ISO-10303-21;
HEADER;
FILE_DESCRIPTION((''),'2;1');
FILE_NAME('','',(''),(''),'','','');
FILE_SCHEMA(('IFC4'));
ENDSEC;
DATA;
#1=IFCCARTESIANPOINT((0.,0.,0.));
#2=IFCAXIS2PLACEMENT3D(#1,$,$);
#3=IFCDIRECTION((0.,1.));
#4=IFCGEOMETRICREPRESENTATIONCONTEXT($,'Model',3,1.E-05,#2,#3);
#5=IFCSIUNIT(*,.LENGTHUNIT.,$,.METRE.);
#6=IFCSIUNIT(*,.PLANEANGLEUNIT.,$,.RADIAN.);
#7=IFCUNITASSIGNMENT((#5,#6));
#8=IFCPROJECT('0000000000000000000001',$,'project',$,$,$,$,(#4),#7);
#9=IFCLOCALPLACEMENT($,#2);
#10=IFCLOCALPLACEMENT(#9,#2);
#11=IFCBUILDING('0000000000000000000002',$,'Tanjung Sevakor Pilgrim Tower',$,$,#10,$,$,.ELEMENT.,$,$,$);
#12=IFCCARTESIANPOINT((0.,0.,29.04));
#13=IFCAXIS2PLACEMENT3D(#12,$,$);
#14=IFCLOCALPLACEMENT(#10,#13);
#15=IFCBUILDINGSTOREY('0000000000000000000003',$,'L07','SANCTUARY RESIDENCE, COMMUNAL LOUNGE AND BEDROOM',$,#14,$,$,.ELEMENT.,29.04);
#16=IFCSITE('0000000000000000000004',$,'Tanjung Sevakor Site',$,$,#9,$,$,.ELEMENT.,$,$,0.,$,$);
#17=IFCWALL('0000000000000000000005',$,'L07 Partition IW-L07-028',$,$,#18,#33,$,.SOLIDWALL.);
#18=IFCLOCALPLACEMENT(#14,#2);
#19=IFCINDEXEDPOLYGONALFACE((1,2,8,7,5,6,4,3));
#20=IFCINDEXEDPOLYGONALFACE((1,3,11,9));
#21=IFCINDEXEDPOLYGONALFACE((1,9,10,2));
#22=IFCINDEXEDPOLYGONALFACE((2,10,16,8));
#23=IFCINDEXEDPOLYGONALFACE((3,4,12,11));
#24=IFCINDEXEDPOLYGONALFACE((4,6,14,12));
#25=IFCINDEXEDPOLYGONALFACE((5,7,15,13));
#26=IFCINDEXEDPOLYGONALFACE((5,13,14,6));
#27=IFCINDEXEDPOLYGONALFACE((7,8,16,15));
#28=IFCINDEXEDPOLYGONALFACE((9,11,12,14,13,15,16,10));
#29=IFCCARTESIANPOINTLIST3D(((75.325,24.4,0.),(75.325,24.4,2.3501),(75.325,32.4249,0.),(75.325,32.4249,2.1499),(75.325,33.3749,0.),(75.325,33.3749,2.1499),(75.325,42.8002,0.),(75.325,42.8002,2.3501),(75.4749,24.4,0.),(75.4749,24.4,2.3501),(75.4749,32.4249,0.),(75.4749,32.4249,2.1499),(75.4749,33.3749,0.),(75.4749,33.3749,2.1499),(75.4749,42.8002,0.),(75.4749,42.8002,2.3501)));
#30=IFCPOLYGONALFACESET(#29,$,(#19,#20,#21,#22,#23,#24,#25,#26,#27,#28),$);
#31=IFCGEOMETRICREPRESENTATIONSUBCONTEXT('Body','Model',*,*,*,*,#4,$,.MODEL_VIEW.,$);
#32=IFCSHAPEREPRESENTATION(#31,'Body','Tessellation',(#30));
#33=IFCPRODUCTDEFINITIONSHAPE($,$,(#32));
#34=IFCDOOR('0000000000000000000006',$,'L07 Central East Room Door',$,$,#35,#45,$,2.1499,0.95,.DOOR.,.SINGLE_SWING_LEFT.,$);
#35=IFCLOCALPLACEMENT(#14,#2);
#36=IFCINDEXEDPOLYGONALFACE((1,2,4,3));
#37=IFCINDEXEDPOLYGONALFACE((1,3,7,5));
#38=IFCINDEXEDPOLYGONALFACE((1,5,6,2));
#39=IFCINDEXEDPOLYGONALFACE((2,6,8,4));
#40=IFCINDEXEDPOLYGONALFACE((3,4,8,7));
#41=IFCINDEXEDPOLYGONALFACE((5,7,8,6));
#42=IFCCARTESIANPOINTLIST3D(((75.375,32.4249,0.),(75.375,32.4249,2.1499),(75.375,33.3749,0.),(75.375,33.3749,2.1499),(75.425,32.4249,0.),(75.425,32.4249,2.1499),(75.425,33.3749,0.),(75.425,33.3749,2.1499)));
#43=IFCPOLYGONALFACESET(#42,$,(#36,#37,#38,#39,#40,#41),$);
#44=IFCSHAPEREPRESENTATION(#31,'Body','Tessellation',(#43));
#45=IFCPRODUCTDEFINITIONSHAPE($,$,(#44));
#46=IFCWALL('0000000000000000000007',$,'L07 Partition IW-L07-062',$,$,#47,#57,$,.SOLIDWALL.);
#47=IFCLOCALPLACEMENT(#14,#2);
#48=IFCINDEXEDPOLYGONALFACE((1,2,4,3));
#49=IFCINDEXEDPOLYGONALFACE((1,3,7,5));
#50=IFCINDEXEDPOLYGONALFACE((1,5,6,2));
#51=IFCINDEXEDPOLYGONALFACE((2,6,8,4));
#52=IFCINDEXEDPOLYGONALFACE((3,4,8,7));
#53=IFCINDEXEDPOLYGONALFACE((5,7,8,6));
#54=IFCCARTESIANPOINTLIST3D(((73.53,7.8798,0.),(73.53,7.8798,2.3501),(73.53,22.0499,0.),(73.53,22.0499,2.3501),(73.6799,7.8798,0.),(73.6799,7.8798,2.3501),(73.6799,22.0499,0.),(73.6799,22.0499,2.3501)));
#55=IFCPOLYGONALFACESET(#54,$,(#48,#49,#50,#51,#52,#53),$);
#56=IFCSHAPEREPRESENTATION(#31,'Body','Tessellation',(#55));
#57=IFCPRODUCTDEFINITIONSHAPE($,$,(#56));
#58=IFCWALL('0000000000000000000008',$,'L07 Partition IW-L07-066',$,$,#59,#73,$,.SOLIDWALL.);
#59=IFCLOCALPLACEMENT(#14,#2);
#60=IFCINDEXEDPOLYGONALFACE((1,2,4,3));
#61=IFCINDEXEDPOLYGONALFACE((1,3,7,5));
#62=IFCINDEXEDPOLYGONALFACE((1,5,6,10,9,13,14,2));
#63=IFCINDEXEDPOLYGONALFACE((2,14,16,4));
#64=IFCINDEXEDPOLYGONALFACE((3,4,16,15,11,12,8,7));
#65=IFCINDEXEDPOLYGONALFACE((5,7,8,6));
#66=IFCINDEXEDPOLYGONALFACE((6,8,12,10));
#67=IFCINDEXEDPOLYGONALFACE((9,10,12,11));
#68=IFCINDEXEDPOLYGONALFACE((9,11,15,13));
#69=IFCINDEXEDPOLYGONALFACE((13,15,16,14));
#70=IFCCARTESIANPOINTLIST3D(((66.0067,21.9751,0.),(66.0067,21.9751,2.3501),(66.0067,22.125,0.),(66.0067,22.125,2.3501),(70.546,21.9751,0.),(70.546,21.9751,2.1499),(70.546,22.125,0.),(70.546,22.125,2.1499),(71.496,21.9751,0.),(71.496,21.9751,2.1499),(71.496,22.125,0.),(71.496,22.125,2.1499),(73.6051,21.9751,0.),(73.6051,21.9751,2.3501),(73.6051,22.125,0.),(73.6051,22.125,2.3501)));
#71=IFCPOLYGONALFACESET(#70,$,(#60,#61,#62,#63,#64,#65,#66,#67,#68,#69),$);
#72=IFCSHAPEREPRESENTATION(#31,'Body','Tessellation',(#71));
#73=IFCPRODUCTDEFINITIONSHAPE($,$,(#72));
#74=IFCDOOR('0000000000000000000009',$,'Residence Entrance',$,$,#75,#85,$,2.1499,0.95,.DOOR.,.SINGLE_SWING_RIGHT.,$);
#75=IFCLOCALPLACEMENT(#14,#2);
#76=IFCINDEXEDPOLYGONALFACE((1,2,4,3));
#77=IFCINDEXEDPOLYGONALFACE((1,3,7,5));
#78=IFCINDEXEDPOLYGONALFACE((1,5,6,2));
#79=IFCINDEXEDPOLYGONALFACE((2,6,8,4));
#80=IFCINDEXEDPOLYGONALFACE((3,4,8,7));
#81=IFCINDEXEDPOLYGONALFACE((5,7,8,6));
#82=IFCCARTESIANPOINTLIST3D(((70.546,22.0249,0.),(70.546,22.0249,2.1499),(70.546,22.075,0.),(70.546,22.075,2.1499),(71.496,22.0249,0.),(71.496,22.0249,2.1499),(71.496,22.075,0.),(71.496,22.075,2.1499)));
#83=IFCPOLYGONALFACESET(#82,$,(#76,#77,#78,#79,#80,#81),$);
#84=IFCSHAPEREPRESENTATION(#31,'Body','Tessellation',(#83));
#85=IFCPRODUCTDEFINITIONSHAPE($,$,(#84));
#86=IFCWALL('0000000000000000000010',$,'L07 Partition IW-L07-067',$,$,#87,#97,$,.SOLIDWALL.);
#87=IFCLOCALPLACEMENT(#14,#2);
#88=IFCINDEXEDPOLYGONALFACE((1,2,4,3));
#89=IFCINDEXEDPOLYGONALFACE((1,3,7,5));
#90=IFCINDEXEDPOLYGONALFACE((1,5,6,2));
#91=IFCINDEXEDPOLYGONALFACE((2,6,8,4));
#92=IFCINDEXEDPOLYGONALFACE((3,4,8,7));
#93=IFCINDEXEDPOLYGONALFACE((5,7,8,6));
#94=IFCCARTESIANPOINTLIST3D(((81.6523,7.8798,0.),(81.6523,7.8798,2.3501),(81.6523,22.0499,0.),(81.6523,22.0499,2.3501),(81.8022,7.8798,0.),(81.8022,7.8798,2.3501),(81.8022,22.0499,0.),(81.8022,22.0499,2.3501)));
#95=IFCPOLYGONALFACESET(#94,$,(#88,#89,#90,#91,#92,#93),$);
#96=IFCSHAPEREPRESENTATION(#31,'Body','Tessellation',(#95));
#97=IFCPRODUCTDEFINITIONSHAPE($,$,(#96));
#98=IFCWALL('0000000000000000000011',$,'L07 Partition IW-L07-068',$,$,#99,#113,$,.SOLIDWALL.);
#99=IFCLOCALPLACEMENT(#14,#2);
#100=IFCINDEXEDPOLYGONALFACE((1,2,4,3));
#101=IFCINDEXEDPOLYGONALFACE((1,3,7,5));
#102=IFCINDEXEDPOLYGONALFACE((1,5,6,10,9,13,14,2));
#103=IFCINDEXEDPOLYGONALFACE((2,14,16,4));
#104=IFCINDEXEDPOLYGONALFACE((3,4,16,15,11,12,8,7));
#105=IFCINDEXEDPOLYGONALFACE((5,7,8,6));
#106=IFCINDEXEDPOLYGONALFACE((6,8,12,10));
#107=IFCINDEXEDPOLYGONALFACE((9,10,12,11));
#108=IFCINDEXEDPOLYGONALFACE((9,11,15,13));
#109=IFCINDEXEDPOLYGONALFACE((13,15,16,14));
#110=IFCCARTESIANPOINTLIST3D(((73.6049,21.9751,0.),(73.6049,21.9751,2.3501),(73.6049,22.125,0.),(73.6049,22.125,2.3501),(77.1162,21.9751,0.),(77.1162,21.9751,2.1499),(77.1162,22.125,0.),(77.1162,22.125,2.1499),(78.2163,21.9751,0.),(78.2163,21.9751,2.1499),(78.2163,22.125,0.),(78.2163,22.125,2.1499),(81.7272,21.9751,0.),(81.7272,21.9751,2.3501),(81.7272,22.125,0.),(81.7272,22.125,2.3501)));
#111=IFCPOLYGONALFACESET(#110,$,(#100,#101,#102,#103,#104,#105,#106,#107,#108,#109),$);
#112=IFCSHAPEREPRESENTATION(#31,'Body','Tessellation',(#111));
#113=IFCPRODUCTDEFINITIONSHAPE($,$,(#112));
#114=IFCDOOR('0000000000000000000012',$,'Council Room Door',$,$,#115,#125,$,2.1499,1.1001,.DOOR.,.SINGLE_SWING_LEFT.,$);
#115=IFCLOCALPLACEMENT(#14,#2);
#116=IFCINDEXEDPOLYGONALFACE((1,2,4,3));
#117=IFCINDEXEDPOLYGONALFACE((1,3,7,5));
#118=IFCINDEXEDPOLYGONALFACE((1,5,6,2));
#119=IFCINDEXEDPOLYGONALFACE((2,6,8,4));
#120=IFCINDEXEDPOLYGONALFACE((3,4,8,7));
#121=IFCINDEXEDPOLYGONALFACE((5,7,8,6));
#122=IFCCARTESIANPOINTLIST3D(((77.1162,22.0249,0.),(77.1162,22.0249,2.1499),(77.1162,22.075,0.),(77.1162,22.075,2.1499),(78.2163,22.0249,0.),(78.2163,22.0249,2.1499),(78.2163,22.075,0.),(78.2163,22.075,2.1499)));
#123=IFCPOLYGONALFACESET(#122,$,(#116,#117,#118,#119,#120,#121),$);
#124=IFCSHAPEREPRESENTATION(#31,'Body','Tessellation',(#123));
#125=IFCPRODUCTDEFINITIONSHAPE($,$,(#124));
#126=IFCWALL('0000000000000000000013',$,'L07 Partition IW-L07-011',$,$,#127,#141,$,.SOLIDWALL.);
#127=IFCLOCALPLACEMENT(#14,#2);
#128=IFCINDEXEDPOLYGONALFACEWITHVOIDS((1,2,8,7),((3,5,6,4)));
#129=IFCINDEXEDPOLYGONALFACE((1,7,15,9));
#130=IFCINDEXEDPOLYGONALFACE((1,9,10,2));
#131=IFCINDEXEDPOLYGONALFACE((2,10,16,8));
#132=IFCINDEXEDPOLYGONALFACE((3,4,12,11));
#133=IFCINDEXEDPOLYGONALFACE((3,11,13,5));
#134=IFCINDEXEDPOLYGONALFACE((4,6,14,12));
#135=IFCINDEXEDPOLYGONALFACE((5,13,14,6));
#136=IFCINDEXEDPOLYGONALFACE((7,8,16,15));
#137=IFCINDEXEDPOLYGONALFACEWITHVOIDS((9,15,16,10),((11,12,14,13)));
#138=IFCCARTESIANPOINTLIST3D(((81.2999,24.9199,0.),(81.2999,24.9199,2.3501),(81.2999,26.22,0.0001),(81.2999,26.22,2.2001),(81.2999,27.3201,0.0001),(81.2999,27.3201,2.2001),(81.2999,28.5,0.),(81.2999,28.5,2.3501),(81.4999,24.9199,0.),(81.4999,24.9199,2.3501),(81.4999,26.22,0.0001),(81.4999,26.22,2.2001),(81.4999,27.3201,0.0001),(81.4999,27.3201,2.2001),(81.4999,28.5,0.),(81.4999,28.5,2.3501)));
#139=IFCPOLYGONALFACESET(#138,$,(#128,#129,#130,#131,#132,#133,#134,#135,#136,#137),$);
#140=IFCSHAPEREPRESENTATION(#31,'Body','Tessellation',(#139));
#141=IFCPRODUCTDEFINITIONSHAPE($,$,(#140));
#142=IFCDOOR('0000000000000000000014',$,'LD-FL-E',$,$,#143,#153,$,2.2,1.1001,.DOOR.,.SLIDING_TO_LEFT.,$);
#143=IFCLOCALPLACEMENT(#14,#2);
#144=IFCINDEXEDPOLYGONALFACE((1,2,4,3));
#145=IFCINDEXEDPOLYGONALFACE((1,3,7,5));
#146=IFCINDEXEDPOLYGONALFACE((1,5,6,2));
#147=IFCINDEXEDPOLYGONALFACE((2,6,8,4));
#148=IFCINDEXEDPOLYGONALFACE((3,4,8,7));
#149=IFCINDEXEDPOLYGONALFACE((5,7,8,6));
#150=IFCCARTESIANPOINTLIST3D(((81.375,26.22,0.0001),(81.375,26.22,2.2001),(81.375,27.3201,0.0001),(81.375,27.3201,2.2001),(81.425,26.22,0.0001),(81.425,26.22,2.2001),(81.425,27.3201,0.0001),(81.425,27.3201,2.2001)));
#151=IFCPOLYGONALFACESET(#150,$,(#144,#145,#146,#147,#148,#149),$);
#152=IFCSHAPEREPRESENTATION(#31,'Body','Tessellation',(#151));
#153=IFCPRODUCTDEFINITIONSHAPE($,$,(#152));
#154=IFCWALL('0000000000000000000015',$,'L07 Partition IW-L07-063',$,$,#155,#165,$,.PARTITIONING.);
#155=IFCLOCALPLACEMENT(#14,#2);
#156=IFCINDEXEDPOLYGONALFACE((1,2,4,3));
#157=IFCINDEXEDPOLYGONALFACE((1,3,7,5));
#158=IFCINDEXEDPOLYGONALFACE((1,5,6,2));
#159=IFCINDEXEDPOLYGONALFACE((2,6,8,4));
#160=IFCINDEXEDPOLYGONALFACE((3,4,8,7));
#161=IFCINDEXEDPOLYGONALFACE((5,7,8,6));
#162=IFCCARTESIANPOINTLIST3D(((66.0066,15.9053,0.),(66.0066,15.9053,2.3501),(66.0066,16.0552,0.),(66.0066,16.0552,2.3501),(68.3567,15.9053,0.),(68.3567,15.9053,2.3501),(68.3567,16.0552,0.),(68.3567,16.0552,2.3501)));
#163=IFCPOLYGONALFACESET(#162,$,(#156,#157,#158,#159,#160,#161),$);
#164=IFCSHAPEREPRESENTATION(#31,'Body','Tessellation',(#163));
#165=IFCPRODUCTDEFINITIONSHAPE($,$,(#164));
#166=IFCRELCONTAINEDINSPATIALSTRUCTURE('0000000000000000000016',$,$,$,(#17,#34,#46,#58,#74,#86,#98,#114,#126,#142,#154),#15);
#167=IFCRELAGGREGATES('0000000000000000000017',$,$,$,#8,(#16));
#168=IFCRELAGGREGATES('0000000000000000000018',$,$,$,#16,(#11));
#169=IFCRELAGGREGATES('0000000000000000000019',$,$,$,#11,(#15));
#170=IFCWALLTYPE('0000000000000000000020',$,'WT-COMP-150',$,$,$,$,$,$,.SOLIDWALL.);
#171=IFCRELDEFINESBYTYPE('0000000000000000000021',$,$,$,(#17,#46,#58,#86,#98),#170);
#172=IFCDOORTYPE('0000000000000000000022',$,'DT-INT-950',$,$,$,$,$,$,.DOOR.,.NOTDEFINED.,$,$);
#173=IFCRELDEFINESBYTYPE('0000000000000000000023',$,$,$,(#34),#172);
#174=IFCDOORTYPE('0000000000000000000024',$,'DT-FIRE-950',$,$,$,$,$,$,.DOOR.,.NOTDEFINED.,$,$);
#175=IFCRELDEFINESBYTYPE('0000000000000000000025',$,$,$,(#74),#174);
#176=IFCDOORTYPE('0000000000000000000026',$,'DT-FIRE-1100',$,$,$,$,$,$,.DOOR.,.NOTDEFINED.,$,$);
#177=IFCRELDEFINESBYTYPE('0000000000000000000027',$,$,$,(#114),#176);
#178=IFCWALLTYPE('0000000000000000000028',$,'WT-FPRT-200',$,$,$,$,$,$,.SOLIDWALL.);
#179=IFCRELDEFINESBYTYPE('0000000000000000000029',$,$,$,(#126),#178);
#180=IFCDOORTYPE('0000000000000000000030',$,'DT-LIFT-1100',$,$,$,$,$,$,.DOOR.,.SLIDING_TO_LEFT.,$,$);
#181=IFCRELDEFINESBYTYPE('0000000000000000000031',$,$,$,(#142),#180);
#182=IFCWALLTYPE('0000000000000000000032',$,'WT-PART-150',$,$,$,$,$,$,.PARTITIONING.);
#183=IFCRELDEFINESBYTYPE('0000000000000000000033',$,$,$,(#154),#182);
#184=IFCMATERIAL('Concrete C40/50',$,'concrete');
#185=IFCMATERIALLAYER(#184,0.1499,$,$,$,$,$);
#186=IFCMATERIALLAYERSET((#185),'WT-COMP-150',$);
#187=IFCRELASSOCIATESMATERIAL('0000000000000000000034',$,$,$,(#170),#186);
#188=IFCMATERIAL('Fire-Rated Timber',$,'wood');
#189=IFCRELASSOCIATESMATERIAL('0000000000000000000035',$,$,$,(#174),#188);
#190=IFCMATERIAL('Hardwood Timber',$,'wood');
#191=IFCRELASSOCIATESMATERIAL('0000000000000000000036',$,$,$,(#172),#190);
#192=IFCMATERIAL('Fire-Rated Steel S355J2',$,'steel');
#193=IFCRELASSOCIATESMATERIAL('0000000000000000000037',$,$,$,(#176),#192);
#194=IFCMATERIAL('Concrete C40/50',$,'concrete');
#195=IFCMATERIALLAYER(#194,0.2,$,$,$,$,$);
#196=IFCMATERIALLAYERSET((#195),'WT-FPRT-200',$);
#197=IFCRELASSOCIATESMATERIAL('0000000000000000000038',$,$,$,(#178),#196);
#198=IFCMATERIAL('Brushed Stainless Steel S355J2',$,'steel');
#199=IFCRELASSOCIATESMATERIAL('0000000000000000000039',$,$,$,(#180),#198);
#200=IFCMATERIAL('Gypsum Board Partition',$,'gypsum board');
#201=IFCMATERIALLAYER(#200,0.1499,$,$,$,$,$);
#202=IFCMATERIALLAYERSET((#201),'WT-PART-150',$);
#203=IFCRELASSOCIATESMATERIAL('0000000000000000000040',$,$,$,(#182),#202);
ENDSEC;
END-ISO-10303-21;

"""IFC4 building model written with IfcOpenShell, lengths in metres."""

from ifc_helpers import new_model, si_unit, direction, frame, frame_2d, origin, place, context, subcontext, project, spatial, rectangle, extrude, material, layer, layer_set, type_object, element, fill, save


model = new_model("IFC4")

# Units and contexts
model_context = context("Model", 3, precision=1e-05, world=origin(), true_north=direction((0.0, 1.0)))
body_context = subcontext(model_context, "Body", "Model", "MODEL_VIEW")
ifc_project = project(units=[si_unit("LENGTHUNIT", "METRE"), si_unit("PLANEANGLEUNIT", "RADIAN")], contexts=[model_context])

# Site, building, storey
site_placement = place(None, origin())
site = spatial("IfcSite", under=ifc_project, at=site_placement, Name="Tanjung Sevakor Site", CompositionType="ELEMENT", RefElevation=0.0)
building_placement = place(site_placement, origin())
building = spatial("IfcBuilding", under=site, at=building_placement, Name="Tanjung Sevakor Pilgrim Tower", CompositionType="ELEMENT")
storey_placement = place(building_placement, frame((0.0, 0.0, 29.04)))
storey = spatial("IfcBuildingStorey", under=building, at=storey_placement, Name="L07", Description="SANCTUARY RESIDENCE, COMMUNAL LOUNGE AND BEDROOM", CompositionType="ELEMENT", Elevation=29.04)

# Shared definitions
ifc_material_1 = material(Name="Concrete C40/50", Category="concrete")
ifc_layer_1 = layer(ifc_material_1, 0.1499)
ifc_layer_set_1 = layer_set([ifc_layer_1], Name="WT-COMP-150")
wall_type_1 = type_object("IfcWallType", Name="WT-COMP-150", PredefinedType="SOLIDWALL", material=ifc_layer_set_1)
ifc_material_2 = material(Name="Fire-Rated Timber", Category="wood")
door_type_1 = type_object("IfcDoorType", Name="DT-FIRE-950", OperationType="NOTDEFINED", PredefinedType="DOOR", material=ifc_material_2)

# Wall, opening, door
wall_1_placement = place(storey_placement, frame((75.3999, 24.3999, 0.0), z_axis=(0.0, 0.0, 1.0), x_axis=(0.0, 1.0, 0.0)))
wall_1 = element("IfcWall", 1, at=wall_1_placement, inside=storey, type_object=wall_type_1, Name="L07 Partition IW-L07-028", PredefinedType="SOLIDWALL", context=body_context, shape_type="SweptSolid", body=[
    extrude(rectangle(XDim=18.4001, YDim=0.1499, at=frame_2d((9.2002, 0.0))), origin(), (0.0, 0.0, 1.0), 2.3501),
])
opening_1_placement = place(wall_1_placement, frame((8.0249, 0.0, 0.0)))
opening_1 = element("IfcOpeningElement", 2, at=opening_1_placement, cuts=wall_1, PredefinedType="OPENING", context=body_context, shape_type="SweptSolid", body=[
    extrude(rectangle(XDim=0.95, YDim=2.1499, at=frame_2d((0.4751, 1.075))), frame((0.0, 0.085, 0.0), z_axis=(0.0, -1.0, 0.0), x_axis=(1.0, 0.0, 0.0)), (0.0, 0.0, 1.0), 0.1699),
])
ifc_material_3 = material(Name="Hardwood Timber", Category="wood")
door_type_2 = type_object("IfcDoorType", Name="DT-INT-950", OperationType="NOTDEFINED", PredefinedType="DOOR", material=ifc_material_3)
door_1_placement = place(opening_1_placement, origin())
door_1 = element("IfcDoor", 3, at=door_1_placement, inside=storey, type_object=door_type_2, Name="L07 Central East Room Door", OperationType="SINGLE_SWING_LEFT", OverallHeight=2.1499, OverallWidth=0.95, PredefinedType="DOOR", context=body_context, shape_type="SweptSolid", body=[
    extrude(rectangle(XDim=0.95, YDim=2.1499, at=frame_2d((0.4751, 1.075))), frame((0.0, 0.0249, 0.0), z_axis=(0.0, -1.0, 0.0), x_axis=(1.0, 0.0, 0.0)), (0.0, 0.0, 1.0), 0.05),
])
fill(opening_1, door_1)

# Wall
wall_2_placement = place(storey_placement, frame((73.605, 7.8799, 0.0), z_axis=(0.0, 0.0, 1.0), x_axis=(0.0, 1.0, 0.0)))
element("IfcWall", 4, at=wall_2_placement, inside=storey, type_object=wall_type_1, Name="L07 Partition IW-L07-062", PredefinedType="SOLIDWALL", context=body_context, shape_type="SweptSolid", body=[
    extrude(rectangle(XDim=14.1702, YDim=0.1499, at=frame_2d((7.085, 0.0))), origin(), (0.0, 0.0, 1.0), 2.3501),
])

# Wall, opening, door
wall_3_placement = place(storey_placement, frame((66.0066, 22.05, 0.0), z_axis=(0.0, 0.0, 1.0), x_axis=(1.0, 0.0, 0.0)))
wall_3 = element("IfcWall", 5, at=wall_3_placement, inside=storey, type_object=wall_type_1, Name="L07 Partition IW-L07-066", PredefinedType="SOLIDWALL", context=body_context, shape_type="SweptSolid", body=[
    extrude(rectangle(XDim=7.5984, YDim=0.1499, at=frame_2d((3.7993, 0.0))), origin(), (0.0, 0.0, 1.0), 2.3501),
])
opening_2_placement = place(wall_3_placement, frame((4.5393, 0.0, 0.0)))
opening_2 = element("IfcOpeningElement", 6, at=opening_2_placement, cuts=wall_3, PredefinedType="OPENING", context=body_context, shape_type="SweptSolid", body=[
    extrude(rectangle(XDim=0.95, YDim=2.1499, at=frame_2d((0.4751, 1.075))), frame((0.0, 0.085, 0.0), z_axis=(0.0, -1.0, 0.0), x_axis=(1.0, 0.0, 0.0)), (0.0, 0.0, 1.0), 0.1699),
])
door_2_placement = place(opening_2_placement, origin())
door_2 = element("IfcDoor", 7, at=door_2_placement, inside=storey, type_object=door_type_1, Name="Residence Entrance", OperationType="SINGLE_SWING_RIGHT", OverallHeight=2.1499, OverallWidth=0.95, PredefinedType="DOOR", context=body_context, shape_type="SweptSolid", body=[
    extrude(rectangle(XDim=0.95, YDim=2.1499, at=frame_2d((0.4751, 1.075))), frame((0.0, 0.0249, 0.0), z_axis=(0.0, -1.0, 0.0), x_axis=(1.0, 0.0, 0.0)), (0.0, 0.0, 1.0), 0.05),
])
fill(opening_2, door_2)

# Wall
wall_4_placement = place(storey_placement, frame((81.7273, 7.8799, 0.0), z_axis=(0.0, 0.0, 1.0), x_axis=(0.0, 1.0, 0.0)))
element("IfcWall", 8, at=wall_4_placement, inside=storey, type_object=wall_type_1, Name="L07 Partition IW-L07-067", PredefinedType="SOLIDWALL", context=body_context, shape_type="SweptSolid", body=[
    extrude(rectangle(XDim=14.1702, YDim=0.1499, at=frame_2d((7.085, 0.0))), origin(), (0.0, 0.0, 1.0), 2.3501),
])

# Walls, openings, doors
wall_5_placement = place(storey_placement, frame((73.605, 22.05, 0.0), z_axis=(0.0, 0.0, 1.0), x_axis=(1.0, 0.0, 0.0)))
wall_5 = element("IfcWall", 9, at=wall_5_placement, inside=storey, type_object=wall_type_1, Name="L07 Partition IW-L07-068", PredefinedType="SOLIDWALL", context=body_context, shape_type="SweptSolid", body=[
    extrude(rectangle(XDim=8.1223, YDim=0.1499, at=frame_2d((4.061, 0.0))), origin(), (0.0, 0.0, 1.0), 2.3501),
])
opening_3_placement = place(wall_5_placement, frame((3.5112, 0.0, 0.0)))
opening_3 = element("IfcOpeningElement", 10, at=opening_3_placement, cuts=wall_5, PredefinedType="OPENING", context=body_context, shape_type="SweptSolid", body=[
    extrude(rectangle(XDim=1.1001, YDim=2.1499, at=frame_2d((0.55, 1.075))), frame((0.0, 0.085, 0.0), z_axis=(0.0, -1.0, 0.0), x_axis=(1.0, 0.0, 0.0)), (0.0, 0.0, 1.0), 0.1699),
])
ifc_material_4 = material(Name="Fire-Rated Steel S355J2", Category="steel")
door_type_3 = type_object("IfcDoorType", Name="DT-FIRE-1100", OperationType="NOTDEFINED", PredefinedType="DOOR", material=ifc_material_4)
door_3_placement = place(opening_3_placement, origin())
door_3 = element("IfcDoor", 11, at=door_3_placement, inside=storey, type_object=door_type_3, Name="Council Room Door", OperationType="SINGLE_SWING_LEFT", OverallHeight=2.1499, OverallWidth=1.1001, PredefinedType="DOOR", context=body_context, shape_type="SweptSolid", body=[
    extrude(rectangle(XDim=1.1001, YDim=2.1499, at=frame_2d((0.55, 1.075))), frame((0.0, 0.0249, 0.0), z_axis=(0.0, -1.0, 0.0), x_axis=(1.0, 0.0, 0.0)), (0.0, 0.0, 1.0), 0.05),
])
fill(opening_3, door_3)
ifc_material_5 = material(Name="Concrete C40/50", Category="concrete")
ifc_layer_2 = layer(ifc_material_5, 0.2)
ifc_layer_set_2 = layer_set([ifc_layer_2], Name="WT-FPRT-200")
wall_type_2 = type_object("IfcWallType", Name="WT-FPRT-200", PredefinedType="SOLIDWALL", material=ifc_layer_set_2)
wall_6_placement = place(storey_placement, frame((81.3999, 24.9199, 0.0), z_axis=(0.0, 0.0, 1.0), x_axis=(0.0, 1.0, 0.0)))
wall_6 = element("IfcWall", 12, at=wall_6_placement, inside=storey, type_object=wall_type_2, Name="L07 Partition IW-L07-011", PredefinedType="SOLIDWALL", context=body_context, shape_type="SweptSolid", body=[
    extrude(rectangle(XDim=3.5801, YDim=0.2, at=frame_2d((1.79, 0.0))), origin(), (0.0, 0.0, 1.0), 2.3501),
])
opening_4_placement = place(wall_6_placement, frame((1.3, 0.0, 0.0)))
opening_4 = element("IfcOpeningElement", 13, at=opening_4_placement, cuts=wall_6, PredefinedType="OPENING", context=body_context, shape_type="SweptSolid", body=[
    extrude(rectangle(XDim=1.1001, YDim=2.2, at=frame_2d((0.55, 1.1001))), frame((0.0, 0.1099, 0.0), z_axis=(0.0, -1.0, 0.0), x_axis=(1.0, 0.0, 0.0)), (0.0, 0.0, 1.0), 0.22),
])
ifc_material_6 = material(Name="Brushed Stainless Steel S355J2", Category="steel")
door_type_4 = type_object("IfcDoorType", Name="DT-LIFT-1100", OperationType="SLIDING_TO_LEFT", PredefinedType="DOOR", material=ifc_material_6)
door_4_placement = place(opening_4_placement, origin())
door_4 = element("IfcDoor", 14, at=door_4_placement, inside=storey, type_object=door_type_4, Name="LD-FL-E", OperationType="SLIDING_TO_LEFT", OverallHeight=2.2, OverallWidth=1.1001, PredefinedType="DOOR", context=body_context, shape_type="SweptSolid", body=[
    extrude(rectangle(XDim=1.1001, YDim=2.2, at=frame_2d((0.55, 1.1001))), frame((0.0, 0.0249, 0.0), z_axis=(0.0, -1.0, 0.0), x_axis=(1.0, 0.0, 0.0)), (0.0, 0.0, 1.0), 0.05),
])
fill(opening_4, door_4)

# Wall
ifc_material_7 = material(Name="Gypsum Board Partition", Category="gypsum board")
ifc_layer_3 = layer(ifc_material_7, 0.1499)
ifc_layer_set_3 = layer_set([ifc_layer_3], Name="WT-PART-150")
wall_type_3 = type_object("IfcWallType", Name="WT-PART-150", PredefinedType="PARTITIONING", material=ifc_layer_set_3)
wall_7_placement = place(storey_placement, frame((66.0066, 15.9802, 0.0), z_axis=(0.0, 0.0, 1.0), x_axis=(1.0, 0.0, 0.0)))
element("IfcWall", 15, at=wall_7_placement, inside=storey, type_object=wall_type_3, Name="L07 Partition IW-L07-063", PredefinedType="PARTITIONING", context=body_context, shape_type="SweptSolid", body=[
    extrude(rectangle(XDim=2.3501, YDim=0.1499, at=frame_2d((1.175, 0.0))), origin(), (0.0, 0.0, 1.0), 2.3501),
])

save(model, "model.ifc")
